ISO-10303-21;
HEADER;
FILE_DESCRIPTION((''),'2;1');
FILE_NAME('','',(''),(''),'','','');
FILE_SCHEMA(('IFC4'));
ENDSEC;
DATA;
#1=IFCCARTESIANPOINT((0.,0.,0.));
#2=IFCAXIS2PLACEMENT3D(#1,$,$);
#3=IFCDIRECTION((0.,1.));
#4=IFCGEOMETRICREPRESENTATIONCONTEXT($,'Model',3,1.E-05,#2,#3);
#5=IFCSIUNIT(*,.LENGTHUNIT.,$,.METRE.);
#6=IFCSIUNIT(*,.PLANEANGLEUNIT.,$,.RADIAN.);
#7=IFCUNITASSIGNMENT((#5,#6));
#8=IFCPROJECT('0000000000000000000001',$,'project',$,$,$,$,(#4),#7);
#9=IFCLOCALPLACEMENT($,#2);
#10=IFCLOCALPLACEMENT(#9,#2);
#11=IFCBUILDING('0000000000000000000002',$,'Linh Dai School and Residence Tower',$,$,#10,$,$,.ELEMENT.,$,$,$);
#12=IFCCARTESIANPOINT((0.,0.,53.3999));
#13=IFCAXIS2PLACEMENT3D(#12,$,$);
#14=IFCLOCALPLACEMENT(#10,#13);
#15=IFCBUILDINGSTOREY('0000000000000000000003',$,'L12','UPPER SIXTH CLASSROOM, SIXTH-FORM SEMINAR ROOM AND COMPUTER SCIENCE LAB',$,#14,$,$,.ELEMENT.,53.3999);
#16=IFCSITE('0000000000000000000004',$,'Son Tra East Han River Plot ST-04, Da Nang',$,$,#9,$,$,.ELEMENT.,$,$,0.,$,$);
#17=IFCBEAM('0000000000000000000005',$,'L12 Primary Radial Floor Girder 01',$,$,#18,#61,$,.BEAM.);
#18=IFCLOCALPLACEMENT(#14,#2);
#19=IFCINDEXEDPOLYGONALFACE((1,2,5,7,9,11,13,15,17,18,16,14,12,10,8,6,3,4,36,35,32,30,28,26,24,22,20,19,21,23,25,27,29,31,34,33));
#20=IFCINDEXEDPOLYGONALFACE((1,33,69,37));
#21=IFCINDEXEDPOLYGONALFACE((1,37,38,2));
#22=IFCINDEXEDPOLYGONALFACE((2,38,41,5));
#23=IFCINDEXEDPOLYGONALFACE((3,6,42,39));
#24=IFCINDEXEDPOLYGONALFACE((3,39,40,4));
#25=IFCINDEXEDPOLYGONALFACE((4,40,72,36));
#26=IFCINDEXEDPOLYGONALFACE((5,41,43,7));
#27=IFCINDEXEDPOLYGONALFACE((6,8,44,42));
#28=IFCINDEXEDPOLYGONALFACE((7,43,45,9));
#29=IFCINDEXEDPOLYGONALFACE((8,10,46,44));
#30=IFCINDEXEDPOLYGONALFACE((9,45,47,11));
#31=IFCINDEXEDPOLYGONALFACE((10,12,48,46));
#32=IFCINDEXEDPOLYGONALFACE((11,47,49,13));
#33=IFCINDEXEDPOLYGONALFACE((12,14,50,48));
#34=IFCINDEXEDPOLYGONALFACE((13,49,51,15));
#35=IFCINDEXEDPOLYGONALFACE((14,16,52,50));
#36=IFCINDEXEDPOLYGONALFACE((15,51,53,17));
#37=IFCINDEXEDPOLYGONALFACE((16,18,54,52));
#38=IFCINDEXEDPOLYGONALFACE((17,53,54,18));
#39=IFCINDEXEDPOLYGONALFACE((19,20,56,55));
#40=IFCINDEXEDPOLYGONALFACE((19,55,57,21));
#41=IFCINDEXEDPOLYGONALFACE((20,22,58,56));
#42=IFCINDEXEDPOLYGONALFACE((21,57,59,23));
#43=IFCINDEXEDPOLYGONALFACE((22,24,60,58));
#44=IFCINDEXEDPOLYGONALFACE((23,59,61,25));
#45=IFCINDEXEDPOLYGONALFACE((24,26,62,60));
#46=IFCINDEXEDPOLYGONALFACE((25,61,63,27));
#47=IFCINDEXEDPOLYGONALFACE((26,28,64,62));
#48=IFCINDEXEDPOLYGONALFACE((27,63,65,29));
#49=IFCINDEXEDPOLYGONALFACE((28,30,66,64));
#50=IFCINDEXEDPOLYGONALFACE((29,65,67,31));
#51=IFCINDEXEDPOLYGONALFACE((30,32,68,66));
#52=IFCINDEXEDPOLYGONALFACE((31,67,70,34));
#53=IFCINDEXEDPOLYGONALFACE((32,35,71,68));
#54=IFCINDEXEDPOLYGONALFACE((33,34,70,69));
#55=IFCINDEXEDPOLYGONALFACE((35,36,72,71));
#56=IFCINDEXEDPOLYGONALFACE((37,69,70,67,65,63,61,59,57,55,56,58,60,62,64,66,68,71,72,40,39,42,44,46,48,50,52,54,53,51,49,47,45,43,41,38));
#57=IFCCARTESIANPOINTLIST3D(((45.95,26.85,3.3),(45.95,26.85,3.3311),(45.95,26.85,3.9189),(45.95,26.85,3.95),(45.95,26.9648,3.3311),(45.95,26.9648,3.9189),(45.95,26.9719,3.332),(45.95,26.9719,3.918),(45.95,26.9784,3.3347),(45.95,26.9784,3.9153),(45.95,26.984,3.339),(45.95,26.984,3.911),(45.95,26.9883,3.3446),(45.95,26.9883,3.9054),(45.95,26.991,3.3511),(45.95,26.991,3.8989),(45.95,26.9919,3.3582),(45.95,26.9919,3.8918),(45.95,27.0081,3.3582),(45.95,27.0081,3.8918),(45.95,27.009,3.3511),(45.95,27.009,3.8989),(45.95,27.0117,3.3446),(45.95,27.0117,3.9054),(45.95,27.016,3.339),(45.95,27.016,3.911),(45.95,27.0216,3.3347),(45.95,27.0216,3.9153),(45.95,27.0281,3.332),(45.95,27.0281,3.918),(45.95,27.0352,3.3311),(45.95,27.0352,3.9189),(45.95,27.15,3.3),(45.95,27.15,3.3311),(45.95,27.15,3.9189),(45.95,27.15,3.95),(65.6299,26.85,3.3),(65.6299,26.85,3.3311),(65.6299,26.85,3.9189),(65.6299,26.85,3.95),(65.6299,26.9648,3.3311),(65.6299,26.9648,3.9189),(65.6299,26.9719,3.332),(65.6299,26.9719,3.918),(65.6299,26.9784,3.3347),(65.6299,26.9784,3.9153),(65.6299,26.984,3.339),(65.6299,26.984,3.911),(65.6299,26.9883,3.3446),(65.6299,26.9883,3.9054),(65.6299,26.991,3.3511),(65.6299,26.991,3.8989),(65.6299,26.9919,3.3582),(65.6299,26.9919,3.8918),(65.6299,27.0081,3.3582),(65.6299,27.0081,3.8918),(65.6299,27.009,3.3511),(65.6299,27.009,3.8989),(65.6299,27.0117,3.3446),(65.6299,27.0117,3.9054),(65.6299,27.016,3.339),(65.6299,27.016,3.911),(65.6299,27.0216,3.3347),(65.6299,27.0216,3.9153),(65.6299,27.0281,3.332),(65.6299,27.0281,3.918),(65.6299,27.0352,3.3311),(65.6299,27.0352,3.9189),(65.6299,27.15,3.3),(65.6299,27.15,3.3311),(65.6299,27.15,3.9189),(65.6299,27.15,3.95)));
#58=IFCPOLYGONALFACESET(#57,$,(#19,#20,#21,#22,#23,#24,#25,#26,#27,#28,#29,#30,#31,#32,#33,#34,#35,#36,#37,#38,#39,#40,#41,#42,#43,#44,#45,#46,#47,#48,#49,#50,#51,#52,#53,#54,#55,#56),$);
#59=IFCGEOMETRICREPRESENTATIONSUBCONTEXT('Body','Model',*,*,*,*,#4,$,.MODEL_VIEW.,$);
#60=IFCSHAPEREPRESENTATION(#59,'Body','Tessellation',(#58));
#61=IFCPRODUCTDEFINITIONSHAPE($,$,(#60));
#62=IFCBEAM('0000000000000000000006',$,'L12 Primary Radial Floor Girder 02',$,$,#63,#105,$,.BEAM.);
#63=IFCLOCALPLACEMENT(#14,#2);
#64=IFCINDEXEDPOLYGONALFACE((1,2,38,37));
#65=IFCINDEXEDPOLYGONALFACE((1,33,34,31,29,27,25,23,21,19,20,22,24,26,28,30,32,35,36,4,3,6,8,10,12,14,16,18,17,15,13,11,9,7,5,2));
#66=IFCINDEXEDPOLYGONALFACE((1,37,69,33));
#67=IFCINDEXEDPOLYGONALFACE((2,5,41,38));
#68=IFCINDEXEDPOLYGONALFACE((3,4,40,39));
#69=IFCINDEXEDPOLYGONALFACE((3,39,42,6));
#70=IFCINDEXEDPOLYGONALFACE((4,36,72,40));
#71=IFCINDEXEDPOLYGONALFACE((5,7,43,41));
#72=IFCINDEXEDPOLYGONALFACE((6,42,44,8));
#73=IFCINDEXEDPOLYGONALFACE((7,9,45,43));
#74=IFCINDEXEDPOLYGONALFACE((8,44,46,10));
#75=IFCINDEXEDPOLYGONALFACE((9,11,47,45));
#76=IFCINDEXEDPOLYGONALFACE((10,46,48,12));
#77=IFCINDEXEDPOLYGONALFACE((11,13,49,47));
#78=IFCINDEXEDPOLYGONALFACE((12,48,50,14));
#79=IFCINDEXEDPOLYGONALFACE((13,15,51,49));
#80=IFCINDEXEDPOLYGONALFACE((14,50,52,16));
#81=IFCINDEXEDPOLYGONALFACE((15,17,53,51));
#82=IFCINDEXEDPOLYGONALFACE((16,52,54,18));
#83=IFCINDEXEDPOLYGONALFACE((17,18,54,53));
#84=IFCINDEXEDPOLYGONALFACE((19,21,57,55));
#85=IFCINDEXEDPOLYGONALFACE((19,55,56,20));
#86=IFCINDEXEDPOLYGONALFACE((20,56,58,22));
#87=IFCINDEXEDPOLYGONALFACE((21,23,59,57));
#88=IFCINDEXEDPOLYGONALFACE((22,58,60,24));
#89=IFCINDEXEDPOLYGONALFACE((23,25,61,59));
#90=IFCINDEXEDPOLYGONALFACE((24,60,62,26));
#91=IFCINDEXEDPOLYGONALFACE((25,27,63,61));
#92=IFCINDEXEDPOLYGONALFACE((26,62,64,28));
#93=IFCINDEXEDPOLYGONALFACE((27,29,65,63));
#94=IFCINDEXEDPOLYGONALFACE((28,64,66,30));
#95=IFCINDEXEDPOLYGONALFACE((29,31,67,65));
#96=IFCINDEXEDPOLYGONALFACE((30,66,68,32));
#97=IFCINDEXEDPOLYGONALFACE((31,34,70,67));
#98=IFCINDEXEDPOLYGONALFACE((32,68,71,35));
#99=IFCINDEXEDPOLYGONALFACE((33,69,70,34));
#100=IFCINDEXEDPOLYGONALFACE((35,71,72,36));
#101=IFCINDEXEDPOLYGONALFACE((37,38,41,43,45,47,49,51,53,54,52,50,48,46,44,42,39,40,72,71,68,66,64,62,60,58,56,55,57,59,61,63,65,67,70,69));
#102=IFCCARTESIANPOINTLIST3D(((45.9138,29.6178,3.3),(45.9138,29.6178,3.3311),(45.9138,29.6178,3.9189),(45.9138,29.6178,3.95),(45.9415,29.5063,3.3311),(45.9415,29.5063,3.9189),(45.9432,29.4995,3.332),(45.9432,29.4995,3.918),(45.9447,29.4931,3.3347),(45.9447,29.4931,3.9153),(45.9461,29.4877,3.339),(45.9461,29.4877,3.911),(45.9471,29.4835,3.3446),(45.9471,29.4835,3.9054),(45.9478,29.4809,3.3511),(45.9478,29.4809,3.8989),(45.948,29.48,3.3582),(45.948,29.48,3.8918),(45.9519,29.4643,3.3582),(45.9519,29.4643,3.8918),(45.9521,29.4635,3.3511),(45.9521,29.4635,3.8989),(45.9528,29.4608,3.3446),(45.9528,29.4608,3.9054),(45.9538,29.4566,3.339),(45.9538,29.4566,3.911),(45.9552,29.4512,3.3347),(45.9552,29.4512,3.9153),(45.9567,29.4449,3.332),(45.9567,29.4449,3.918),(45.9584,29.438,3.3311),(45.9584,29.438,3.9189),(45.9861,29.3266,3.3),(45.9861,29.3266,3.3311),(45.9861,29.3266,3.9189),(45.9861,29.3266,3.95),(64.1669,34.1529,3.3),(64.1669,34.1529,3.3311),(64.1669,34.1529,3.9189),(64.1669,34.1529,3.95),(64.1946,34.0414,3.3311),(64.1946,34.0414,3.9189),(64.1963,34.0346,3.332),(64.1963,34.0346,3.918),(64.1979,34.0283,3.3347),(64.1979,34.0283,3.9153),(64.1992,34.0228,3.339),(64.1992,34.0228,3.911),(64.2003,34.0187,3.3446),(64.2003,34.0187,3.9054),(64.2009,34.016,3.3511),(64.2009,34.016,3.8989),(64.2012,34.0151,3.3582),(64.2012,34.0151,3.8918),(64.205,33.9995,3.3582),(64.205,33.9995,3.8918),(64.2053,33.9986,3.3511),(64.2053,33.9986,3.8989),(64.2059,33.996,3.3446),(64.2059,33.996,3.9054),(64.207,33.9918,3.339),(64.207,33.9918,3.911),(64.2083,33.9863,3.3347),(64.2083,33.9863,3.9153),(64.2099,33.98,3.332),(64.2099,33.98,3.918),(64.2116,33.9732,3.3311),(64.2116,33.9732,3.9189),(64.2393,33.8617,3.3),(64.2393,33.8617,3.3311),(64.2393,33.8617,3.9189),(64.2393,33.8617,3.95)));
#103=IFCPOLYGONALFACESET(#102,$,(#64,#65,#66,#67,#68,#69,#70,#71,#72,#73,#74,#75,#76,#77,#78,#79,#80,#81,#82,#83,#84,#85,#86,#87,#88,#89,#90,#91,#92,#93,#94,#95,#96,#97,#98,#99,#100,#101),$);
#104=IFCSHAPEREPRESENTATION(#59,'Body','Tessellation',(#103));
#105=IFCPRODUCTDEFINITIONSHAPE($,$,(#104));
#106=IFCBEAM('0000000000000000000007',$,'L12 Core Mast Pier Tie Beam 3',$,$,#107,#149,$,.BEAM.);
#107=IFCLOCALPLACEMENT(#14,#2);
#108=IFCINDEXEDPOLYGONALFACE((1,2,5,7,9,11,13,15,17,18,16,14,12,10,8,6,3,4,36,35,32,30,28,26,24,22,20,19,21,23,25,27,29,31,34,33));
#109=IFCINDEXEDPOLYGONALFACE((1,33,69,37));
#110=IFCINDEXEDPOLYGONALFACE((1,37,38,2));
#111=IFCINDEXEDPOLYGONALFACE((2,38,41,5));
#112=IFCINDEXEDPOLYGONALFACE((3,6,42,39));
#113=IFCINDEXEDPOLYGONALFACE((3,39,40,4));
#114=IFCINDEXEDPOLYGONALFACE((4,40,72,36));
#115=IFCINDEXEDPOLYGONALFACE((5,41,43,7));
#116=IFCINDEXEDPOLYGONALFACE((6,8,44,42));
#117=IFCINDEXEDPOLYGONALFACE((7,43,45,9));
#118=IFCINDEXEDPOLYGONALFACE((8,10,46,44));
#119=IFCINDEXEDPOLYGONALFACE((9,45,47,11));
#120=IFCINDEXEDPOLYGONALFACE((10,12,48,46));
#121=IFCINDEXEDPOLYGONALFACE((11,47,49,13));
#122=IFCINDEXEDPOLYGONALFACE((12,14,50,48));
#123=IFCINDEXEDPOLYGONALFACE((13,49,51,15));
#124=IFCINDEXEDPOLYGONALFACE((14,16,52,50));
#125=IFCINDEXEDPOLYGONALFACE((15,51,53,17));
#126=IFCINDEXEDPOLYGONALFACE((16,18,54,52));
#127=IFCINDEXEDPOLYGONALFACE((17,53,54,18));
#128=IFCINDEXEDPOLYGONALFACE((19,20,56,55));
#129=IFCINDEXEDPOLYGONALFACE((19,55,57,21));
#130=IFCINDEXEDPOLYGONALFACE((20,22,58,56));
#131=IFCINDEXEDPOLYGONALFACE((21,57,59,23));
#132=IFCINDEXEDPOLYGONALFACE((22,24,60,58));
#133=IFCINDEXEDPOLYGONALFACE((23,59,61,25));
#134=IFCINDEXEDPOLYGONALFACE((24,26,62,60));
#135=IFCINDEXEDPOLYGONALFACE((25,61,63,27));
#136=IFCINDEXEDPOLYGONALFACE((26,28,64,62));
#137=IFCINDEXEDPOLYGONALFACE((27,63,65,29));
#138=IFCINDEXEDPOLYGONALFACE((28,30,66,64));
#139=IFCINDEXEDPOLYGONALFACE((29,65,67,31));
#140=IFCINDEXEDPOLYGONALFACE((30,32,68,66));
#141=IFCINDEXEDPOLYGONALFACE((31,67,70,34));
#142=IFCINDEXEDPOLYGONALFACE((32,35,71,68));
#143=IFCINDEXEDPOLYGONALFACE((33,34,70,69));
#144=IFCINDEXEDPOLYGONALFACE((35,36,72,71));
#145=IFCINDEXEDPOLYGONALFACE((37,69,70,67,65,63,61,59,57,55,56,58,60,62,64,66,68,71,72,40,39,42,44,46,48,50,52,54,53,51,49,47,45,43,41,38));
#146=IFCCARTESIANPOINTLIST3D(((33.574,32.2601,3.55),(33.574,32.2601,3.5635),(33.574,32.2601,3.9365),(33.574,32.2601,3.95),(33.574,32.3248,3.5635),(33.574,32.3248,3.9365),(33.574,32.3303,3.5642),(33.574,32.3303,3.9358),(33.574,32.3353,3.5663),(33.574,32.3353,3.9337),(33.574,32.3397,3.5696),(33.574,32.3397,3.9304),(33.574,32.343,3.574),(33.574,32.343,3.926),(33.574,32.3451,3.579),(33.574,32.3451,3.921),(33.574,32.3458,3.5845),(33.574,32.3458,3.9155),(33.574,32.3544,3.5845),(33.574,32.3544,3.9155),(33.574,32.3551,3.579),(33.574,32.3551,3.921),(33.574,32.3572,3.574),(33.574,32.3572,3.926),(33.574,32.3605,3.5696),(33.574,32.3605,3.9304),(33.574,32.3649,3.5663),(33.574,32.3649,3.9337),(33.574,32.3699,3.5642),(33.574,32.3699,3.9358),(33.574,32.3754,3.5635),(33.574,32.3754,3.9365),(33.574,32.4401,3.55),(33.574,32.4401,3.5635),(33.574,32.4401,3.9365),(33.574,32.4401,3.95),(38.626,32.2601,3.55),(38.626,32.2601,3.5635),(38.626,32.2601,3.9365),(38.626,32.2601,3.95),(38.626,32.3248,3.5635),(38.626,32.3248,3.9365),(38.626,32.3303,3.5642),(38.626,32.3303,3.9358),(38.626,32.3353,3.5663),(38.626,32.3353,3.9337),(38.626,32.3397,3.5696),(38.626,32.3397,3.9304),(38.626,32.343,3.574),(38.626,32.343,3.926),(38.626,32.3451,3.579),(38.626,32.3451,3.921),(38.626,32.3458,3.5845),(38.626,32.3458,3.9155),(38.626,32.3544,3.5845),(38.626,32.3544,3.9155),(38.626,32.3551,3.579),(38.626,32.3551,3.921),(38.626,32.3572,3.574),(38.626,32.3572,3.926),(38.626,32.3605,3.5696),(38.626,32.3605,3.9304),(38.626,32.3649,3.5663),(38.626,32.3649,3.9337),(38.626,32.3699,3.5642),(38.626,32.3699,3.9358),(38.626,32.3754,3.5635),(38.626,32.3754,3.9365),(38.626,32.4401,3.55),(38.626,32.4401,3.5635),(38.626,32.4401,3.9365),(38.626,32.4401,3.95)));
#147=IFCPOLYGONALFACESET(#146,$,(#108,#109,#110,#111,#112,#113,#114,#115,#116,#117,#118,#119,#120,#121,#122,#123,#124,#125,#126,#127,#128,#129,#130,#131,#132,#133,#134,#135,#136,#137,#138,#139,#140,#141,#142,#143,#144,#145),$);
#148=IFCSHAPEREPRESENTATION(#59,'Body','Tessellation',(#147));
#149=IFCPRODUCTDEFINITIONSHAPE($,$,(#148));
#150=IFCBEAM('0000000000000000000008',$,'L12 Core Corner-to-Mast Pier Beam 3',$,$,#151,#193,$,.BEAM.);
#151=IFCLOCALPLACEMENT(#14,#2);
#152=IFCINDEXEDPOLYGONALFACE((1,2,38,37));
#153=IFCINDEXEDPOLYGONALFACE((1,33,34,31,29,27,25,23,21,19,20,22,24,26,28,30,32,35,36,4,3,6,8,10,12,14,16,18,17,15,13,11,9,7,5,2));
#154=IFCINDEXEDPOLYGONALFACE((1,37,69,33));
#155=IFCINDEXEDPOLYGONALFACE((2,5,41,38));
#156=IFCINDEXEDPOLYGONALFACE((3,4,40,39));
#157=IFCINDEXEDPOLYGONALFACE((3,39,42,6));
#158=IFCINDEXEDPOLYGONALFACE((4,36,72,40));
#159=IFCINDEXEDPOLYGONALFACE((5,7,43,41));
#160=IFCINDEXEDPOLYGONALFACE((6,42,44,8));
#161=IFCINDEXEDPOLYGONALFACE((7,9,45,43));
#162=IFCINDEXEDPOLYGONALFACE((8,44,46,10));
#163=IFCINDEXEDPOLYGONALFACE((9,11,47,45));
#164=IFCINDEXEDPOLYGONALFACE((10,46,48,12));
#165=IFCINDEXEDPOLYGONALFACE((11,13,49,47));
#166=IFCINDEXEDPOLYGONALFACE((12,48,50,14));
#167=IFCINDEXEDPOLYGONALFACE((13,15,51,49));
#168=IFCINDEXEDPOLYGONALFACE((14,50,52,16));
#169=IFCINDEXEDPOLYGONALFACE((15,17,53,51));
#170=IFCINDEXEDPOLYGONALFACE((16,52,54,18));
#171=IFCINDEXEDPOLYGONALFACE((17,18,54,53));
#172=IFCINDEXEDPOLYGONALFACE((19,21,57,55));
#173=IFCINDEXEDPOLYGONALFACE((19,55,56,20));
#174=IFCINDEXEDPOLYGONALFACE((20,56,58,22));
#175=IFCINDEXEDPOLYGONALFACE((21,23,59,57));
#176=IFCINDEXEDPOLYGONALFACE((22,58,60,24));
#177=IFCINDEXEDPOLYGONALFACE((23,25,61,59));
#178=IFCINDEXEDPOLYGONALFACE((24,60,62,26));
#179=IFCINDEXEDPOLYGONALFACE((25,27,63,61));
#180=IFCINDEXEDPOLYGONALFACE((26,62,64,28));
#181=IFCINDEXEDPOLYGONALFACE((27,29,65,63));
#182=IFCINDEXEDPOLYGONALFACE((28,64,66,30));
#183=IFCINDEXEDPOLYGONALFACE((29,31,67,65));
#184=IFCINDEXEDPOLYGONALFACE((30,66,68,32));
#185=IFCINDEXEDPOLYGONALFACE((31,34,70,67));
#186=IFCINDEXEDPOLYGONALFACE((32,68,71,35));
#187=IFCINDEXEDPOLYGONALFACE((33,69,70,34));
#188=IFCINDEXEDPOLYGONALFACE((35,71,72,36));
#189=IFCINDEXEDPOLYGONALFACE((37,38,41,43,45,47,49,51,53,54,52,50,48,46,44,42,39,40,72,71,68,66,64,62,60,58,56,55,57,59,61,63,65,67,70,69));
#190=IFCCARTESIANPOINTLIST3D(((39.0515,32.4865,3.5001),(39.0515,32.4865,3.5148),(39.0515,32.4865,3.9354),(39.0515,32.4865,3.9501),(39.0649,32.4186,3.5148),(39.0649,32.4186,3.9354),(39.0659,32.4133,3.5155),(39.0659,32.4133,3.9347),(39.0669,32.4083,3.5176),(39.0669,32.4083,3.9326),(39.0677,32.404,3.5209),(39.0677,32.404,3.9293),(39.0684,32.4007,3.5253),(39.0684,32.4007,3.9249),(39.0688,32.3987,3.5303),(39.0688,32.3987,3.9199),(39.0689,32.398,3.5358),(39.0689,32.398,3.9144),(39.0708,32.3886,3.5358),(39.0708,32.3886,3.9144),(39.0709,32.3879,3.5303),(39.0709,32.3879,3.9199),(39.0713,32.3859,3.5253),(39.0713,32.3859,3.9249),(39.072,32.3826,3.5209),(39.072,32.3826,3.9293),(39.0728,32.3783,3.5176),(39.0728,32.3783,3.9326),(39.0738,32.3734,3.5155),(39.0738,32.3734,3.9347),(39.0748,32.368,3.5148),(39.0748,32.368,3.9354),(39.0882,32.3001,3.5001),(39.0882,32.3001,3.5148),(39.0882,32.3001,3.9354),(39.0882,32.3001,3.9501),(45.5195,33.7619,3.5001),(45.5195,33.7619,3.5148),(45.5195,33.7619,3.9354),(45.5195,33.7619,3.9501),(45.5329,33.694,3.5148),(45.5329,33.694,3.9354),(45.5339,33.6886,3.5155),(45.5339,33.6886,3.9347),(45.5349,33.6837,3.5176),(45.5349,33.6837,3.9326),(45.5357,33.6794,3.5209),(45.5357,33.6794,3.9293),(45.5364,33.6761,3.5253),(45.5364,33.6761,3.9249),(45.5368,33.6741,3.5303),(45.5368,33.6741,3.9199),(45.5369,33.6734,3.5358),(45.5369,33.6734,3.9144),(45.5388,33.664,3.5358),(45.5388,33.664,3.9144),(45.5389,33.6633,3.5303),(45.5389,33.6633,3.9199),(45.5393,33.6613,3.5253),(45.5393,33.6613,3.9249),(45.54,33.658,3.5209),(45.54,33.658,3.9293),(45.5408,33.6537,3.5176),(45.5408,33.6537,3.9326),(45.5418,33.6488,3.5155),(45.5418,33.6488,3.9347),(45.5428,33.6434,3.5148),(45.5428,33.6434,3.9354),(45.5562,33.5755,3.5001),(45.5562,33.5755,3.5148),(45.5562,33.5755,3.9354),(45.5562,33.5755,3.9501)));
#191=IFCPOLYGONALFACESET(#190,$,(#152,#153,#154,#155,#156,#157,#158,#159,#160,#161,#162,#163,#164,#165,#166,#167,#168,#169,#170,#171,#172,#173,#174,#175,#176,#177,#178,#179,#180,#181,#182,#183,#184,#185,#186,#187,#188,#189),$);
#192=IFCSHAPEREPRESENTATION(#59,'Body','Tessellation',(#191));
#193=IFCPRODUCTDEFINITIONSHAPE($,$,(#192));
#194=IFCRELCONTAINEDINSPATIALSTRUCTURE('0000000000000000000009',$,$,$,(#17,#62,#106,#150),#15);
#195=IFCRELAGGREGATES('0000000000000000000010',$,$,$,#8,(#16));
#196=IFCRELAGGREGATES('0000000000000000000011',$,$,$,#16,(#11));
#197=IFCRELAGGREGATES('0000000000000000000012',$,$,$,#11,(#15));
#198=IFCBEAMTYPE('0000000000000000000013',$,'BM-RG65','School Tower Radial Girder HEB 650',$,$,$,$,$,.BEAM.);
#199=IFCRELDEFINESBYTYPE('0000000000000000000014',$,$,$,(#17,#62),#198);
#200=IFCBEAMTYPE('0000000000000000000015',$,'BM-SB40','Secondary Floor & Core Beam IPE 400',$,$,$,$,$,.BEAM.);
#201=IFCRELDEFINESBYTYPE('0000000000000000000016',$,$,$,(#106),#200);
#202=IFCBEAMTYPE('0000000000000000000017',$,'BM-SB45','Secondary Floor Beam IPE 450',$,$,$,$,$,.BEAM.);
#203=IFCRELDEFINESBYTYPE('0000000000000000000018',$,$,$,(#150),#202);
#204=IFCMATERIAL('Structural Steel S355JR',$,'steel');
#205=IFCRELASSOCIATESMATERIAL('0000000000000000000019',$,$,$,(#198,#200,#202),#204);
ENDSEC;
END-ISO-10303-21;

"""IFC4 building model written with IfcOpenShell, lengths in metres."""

from ifc_helpers import new_model, si_unit, direction, frame, origin, origin_2d, place, context, subcontext, project, spatial, i_section, extrude, material, material_profile, profile_set, type_object, element, save


model = new_model("IFC4")

# Units and contexts
model_context = context("Model", 3, precision=1e-05, world=origin(), true_north=direction((0.0, 1.0)))
body_context = subcontext(model_context, "Body", "Model", "MODEL_VIEW")
ifc_project = project(units=[si_unit("LENGTHUNIT", "METRE"), si_unit("PLANEANGLEUNIT", "RADIAN")], contexts=[model_context])

# Site, building, storey
site_placement = place(None, origin())
site = spatial("IfcSite", under=ifc_project, at=site_placement, Name="Son Tra East Han River Plot ST-04, Da Nang", CompositionType="ELEMENT", RefElevation=0.0)
building_placement = place(site_placement, origin())
building = spatial("IfcBuilding", under=site, at=building_placement, Name="Linh Dai School and Residence Tower", CompositionType="ELEMENT")
storey_placement = place(building_placement, frame((0.0, 0.0, 53.3999)))
storey = spatial("IfcBuildingStorey", under=building, at=storey_placement, Name="L12", Description="UPPER SIXTH CLASSROOM, SIXTH-FORM SEMINAR ROOM AND COMPUTER SCIENCE LAB", CompositionType="ELEMENT", Elevation=53.3999)

# Shared definitions
ifc_material_1 = material(Name="Structural Steel S355JR", Category="steel")

# Beams
ifc_material_profile_1 = material_profile(ifc_material_1, i_section(OverallWidth=0.3, OverallDepth=0.6499, WebThickness=0.0161, FlangeThickness=0.031, FilletRadius=0.0271, at=origin_2d()), Name="HEB 650")
ifc_profile_set_1 = profile_set([ifc_material_profile_1], Name="Structural Steel S355JR")
beam_type_1 = type_object("IfcBeamType", Name="BM-RG65", Description="School Tower Radial Girder HEB 650", PredefinedType="BEAM", material=ifc_profile_set_1)
beam_1_placement = place(storey_placement, frame((45.95, 27.0, 3.625), z_axis=(1.0, 0.0, 0.0), x_axis=(0.0, 1.0, 0.0)))
element("IfcBeam", 1, at=beam_1_placement, inside=storey, type_object=beam_type_1, Name="L12 Primary Radial Floor Girder 01", PredefinedType="BEAM", context=body_context, shape_type="SweptSolid", body=[
    extrude(i_section(OverallWidth=0.3, OverallDepth=0.6499, WebThickness=0.0161, FlangeThickness=0.031, FilletRadius=0.0271, at=origin_2d()), origin(), (0.0, 0.0, 1.0), 19.6799),
])
beam_2_placement = place(storey_placement, frame((45.95, 29.4722, 3.625), z_axis=(0.970493, 0.241127, 0.0), x_axis=(-0.241127, 0.970493, 0.0)))
element("IfcBeam", 2, at=beam_2_placement, inside=storey, type_object=beam_type_1, Name="L12 Primary Radial Floor Girder 02", PredefinedType="BEAM", context=body_context, shape_type="SweptSolid", body=[
    extrude(i_section(OverallWidth=0.3, OverallDepth=0.6499, WebThickness=0.0161, FlangeThickness=0.031, FilletRadius=0.0271, at=origin_2d()), origin(), (0.0, 0.0, 1.0), 18.8081),
])
ifc_material_profile_2 = material_profile(ifc_material_1, i_section(OverallWidth=0.1799, OverallDepth=0.3999, WebThickness=0.0085, FlangeThickness=0.0134, FilletRadius=0.021, at=origin_2d()), Name="IPE 400")
ifc_profile_set_2 = profile_set([ifc_material_profile_2], Name="Structural Steel S355JR")
beam_type_2 = type_object("IfcBeamType", Name="BM-SB40", Description="Secondary Floor & Core Beam IPE 400", PredefinedType="BEAM", material=ifc_profile_set_2)
beam_3_placement = place(storey_placement, frame((38.626, 32.3501, 3.75), z_axis=(-1.0, 0.0, 0.0), x_axis=(0.0, -1.0, 0.0)))
element("IfcBeam", 3, at=beam_3_placement, inside=storey, type_object=beam_type_2, Name="L12 Core Mast Pier Tie Beam 3", PredefinedType="BEAM", context=body_context, shape_type="SweptSolid", body=[
    extrude(i_section(OverallWidth=0.1799, OverallDepth=0.3999, WebThickness=0.0085, FlangeThickness=0.0134, FilletRadius=0.021, at=origin_2d()), origin(), (0.0, 0.0, 1.0), 5.052),
])
ifc_material_profile_3 = material_profile(ifc_material_1, i_section(OverallWidth=0.1899, OverallDepth=0.45, WebThickness=0.0095, FlangeThickness=0.0146, FilletRadius=0.021, at=origin_2d()), Name="IPE 450")
ifc_profile_set_3 = profile_set([ifc_material_profile_3], Name="Structural Steel S355JR")
beam_type_3 = type_object("IfcBeamType", Name="BM-SB45", Description="Secondary Floor Beam IPE 450", PredefinedType="BEAM", material=ifc_profile_set_3)
beam_4_placement = place(storey_placement, frame((45.5378, 33.6687, 3.7251), z_axis=(-0.981108, -0.193459, 0.0), x_axis=(0.193459, -0.981108, 0.0)))
element("IfcBeam", 4, at=beam_4_placement, inside=storey, type_object=beam_type_3, Name="L12 Core Corner-to-Mast Pier Beam 3", PredefinedType="BEAM", context=body_context, shape_type="SweptSolid", body=[
    extrude(i_section(OverallWidth=0.1899, OverallDepth=0.45, WebThickness=0.0095, FlangeThickness=0.0146, FilletRadius=0.021, at=origin_2d()), origin(), (0.0, 0.0, 1.0), 6.5925),
])

save(model, "model.ifc")
